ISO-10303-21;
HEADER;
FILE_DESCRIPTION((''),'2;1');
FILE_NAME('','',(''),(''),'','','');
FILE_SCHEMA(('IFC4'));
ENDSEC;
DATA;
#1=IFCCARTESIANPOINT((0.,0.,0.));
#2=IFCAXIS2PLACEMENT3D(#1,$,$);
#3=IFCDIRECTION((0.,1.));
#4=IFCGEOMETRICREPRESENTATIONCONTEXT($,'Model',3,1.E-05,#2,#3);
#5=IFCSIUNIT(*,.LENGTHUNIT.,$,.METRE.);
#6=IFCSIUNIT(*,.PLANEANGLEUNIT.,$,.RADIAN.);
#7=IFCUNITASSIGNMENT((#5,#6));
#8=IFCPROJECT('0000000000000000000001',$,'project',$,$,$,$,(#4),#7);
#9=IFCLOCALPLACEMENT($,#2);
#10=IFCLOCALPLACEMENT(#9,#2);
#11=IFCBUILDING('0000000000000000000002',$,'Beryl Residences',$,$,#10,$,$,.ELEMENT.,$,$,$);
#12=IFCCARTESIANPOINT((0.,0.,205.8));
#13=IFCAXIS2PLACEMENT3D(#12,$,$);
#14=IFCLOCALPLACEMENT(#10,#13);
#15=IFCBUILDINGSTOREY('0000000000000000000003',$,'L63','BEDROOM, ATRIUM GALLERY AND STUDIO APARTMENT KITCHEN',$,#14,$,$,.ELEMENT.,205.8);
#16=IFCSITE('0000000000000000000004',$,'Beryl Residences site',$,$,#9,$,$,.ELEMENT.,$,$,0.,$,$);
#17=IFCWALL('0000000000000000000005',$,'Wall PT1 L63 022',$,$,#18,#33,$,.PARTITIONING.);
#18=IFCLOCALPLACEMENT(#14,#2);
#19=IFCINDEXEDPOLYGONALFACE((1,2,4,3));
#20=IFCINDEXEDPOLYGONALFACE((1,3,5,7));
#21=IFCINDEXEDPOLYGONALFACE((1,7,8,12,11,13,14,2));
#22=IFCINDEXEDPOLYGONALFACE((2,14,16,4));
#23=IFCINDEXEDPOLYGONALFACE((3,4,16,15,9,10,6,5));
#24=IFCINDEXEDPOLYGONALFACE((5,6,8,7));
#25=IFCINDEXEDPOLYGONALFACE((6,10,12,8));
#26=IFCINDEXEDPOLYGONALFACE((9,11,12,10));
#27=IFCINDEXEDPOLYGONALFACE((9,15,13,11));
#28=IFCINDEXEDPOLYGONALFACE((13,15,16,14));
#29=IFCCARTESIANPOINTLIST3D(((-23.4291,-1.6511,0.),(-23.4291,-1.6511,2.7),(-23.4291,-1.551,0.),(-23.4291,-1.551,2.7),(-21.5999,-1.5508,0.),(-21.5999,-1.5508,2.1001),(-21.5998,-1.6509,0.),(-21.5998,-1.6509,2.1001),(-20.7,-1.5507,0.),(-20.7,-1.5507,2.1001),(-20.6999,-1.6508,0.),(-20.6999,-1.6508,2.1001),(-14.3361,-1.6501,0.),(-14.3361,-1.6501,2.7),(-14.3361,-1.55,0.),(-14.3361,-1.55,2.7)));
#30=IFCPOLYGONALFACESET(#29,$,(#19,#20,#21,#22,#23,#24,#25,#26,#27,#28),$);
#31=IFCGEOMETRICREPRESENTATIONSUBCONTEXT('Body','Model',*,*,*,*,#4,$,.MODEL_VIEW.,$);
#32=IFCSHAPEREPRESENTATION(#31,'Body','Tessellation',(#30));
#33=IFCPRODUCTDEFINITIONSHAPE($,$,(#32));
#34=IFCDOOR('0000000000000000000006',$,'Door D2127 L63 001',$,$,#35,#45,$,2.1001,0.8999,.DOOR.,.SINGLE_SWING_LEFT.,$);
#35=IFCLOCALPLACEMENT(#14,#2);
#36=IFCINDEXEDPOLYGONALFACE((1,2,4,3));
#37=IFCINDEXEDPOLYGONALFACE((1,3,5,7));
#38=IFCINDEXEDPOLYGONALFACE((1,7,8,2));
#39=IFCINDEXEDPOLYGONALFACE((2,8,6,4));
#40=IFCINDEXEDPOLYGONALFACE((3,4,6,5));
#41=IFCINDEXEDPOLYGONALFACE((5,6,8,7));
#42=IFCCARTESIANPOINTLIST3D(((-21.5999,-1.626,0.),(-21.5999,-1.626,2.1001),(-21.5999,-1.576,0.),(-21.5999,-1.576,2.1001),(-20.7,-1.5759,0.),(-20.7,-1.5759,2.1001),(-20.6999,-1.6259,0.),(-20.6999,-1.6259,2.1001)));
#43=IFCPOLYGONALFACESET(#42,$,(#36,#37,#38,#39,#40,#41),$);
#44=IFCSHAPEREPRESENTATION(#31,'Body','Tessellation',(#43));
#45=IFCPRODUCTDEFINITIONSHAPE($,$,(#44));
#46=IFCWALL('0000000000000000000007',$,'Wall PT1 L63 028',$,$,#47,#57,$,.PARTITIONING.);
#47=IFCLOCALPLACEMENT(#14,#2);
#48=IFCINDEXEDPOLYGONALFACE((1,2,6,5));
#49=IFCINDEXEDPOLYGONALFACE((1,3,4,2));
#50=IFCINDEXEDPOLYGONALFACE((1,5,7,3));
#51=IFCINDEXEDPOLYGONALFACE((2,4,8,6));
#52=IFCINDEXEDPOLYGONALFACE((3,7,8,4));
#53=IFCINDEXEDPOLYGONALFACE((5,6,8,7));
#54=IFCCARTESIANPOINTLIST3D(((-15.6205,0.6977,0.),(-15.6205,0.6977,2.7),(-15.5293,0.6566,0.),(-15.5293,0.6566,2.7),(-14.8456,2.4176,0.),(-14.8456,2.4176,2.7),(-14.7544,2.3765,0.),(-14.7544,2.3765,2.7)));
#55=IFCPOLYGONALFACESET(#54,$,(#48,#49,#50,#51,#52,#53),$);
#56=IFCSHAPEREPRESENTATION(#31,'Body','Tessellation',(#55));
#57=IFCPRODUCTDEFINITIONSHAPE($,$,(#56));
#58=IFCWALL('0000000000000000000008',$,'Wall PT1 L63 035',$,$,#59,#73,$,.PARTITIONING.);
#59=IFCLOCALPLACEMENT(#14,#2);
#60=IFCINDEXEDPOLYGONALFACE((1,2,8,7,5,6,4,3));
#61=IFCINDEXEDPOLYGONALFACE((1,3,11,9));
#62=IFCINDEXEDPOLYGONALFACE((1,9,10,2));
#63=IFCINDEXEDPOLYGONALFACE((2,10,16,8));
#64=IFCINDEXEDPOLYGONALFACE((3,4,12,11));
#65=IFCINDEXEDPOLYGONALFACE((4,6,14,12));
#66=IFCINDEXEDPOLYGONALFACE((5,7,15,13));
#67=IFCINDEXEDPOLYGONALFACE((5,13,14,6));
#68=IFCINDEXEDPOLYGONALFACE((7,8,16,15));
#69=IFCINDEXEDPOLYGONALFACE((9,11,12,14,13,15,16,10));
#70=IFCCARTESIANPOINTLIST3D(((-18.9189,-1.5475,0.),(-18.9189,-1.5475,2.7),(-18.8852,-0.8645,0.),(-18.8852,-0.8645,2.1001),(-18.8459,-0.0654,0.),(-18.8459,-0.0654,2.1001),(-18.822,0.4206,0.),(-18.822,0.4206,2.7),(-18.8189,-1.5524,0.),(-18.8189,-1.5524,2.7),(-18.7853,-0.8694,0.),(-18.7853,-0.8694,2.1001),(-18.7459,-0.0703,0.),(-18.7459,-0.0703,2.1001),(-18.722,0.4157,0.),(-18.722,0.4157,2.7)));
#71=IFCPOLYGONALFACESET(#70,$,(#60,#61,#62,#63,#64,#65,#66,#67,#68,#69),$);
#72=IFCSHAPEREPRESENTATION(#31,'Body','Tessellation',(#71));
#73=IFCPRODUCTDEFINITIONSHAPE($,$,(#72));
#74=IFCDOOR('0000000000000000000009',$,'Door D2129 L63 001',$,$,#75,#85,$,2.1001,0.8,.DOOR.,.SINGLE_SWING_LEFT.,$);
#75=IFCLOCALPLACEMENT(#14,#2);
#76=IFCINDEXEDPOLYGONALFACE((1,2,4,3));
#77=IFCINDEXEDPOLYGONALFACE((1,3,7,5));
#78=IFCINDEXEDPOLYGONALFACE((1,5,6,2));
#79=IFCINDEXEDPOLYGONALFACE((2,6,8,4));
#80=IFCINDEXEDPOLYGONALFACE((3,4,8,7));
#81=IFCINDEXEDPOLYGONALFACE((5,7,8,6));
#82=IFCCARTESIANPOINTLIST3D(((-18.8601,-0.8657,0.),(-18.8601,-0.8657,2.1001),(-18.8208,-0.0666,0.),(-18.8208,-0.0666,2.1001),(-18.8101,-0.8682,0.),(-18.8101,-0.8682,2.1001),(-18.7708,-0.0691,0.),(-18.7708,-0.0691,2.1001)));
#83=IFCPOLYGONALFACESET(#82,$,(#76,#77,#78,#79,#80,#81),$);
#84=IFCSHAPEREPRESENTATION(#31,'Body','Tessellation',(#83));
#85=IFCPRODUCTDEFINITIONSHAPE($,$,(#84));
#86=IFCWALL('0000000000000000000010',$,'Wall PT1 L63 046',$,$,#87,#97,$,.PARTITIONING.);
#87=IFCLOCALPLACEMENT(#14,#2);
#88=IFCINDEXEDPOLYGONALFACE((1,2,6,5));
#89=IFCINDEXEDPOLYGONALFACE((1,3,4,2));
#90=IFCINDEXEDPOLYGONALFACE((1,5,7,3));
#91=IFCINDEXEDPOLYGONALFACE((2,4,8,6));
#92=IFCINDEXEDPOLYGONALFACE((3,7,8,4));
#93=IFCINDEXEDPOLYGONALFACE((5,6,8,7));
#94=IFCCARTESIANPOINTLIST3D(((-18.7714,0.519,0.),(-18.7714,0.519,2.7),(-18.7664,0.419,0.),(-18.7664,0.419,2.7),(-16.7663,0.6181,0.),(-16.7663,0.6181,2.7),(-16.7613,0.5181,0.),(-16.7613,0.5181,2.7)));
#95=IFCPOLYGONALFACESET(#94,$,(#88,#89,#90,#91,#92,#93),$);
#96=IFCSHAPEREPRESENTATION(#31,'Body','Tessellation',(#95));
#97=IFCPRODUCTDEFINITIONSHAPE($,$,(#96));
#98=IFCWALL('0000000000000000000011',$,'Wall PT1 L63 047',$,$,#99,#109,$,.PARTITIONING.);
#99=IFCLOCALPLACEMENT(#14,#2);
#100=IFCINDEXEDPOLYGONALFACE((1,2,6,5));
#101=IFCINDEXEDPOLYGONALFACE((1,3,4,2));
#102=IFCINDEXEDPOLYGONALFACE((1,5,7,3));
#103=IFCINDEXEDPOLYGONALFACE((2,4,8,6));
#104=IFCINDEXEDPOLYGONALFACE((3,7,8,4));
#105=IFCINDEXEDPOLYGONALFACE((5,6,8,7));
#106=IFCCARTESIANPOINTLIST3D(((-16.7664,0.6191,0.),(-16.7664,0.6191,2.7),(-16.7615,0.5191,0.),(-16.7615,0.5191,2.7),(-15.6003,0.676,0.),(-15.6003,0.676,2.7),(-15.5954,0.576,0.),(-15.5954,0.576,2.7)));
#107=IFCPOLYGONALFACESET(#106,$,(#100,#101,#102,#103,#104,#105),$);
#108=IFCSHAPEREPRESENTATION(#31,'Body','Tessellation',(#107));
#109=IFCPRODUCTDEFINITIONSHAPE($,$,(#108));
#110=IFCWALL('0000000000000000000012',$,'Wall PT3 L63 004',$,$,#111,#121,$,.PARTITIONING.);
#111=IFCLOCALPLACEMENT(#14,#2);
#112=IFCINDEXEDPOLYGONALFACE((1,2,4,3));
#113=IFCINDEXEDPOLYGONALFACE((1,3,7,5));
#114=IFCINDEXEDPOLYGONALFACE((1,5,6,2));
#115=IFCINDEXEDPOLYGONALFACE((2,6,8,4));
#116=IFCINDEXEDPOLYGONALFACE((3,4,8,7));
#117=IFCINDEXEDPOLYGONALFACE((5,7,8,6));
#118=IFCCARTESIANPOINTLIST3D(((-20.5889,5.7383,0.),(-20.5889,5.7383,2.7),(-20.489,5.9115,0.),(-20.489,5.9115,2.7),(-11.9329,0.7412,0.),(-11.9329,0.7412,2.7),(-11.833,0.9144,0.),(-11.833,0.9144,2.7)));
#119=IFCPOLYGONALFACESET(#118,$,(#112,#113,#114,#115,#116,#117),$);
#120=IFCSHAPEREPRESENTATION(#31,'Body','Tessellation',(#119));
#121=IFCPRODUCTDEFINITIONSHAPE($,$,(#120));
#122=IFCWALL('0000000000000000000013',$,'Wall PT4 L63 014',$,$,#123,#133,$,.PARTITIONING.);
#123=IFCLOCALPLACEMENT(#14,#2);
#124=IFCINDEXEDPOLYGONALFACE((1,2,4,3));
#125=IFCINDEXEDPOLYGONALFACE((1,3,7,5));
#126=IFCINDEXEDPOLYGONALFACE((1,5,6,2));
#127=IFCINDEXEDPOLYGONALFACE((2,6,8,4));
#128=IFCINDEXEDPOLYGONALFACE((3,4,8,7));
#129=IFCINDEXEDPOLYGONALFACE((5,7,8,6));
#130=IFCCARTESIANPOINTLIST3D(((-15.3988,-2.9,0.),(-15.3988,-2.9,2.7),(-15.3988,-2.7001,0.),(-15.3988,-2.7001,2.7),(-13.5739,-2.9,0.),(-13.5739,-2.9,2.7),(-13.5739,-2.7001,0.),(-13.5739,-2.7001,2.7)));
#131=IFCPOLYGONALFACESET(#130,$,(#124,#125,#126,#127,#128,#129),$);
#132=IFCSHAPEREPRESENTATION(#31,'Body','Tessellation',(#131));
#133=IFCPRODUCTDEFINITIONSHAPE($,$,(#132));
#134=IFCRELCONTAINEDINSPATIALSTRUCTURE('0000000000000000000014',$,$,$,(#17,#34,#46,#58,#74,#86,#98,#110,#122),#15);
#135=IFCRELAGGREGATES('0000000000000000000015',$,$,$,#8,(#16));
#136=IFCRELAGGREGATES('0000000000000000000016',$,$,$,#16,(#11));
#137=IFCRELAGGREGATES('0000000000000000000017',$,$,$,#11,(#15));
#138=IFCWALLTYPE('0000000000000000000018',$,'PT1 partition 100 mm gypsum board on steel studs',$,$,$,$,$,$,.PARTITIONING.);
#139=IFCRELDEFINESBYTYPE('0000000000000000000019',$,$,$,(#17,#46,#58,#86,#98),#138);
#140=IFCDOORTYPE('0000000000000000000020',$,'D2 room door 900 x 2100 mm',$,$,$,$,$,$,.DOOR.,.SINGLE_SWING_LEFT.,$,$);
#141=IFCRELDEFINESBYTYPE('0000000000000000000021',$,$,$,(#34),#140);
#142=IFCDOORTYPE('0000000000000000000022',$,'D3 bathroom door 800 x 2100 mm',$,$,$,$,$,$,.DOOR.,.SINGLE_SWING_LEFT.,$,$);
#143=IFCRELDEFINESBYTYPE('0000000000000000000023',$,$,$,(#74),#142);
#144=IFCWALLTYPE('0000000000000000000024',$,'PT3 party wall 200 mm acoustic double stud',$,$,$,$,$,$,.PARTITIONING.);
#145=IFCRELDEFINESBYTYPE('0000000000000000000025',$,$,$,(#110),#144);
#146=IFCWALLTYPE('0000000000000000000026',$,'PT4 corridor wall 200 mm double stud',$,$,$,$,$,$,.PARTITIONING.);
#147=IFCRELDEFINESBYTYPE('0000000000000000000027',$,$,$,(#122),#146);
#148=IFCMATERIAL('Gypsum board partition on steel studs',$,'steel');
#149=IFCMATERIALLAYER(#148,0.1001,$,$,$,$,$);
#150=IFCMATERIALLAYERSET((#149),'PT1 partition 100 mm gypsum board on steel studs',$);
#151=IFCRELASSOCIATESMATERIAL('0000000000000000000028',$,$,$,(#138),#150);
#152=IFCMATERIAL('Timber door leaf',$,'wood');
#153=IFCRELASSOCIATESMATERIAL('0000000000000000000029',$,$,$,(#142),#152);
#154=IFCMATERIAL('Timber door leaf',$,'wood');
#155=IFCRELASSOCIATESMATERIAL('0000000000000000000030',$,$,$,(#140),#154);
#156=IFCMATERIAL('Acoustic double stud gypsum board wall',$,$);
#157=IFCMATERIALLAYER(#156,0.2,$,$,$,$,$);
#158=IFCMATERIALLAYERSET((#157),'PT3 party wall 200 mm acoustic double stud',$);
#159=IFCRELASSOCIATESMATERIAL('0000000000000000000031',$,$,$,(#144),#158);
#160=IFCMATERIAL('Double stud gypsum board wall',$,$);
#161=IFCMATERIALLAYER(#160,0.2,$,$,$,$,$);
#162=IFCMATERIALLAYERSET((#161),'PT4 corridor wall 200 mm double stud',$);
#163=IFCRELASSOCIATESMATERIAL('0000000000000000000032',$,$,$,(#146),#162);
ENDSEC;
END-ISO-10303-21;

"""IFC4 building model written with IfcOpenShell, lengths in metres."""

from ifc_helpers import new_model, si_unit, direction, frame, frame_2d, origin, place, context, subcontext, project, spatial, rectangle, extrude, material, layer, layer_set, type_object, element, fill, save


model = new_model("IFC4")

# Units and contexts
model_context = context("Model", 3, precision=1e-05, world=origin(), true_north=direction((0.0, 1.0)))
body_context = subcontext(model_context, "Body", "Model", "MODEL_VIEW")
ifc_project = project(units=[si_unit("LENGTHUNIT", "METRE"), si_unit("PLANEANGLEUNIT", "RADIAN")], contexts=[model_context])

# Site, building, storey
site_placement = place(None, origin())
site = spatial("IfcSite", under=ifc_project, at=site_placement, Name="Beryl Residences site", CompositionType="ELEMENT", RefElevation=0.0)
building_placement = place(site_placement, origin())
building = spatial("IfcBuilding", under=site, at=building_placement, Name="Beryl Residences", CompositionType="ELEMENT")
storey_placement = place(building_placement, frame((0.0, 0.0, 205.8)))
storey = spatial("IfcBuildingStorey", under=building, at=storey_placement, Name="L63", Description="BEDROOM, ATRIUM GALLERY AND STUDIO APARTMENT KITCHEN", CompositionType="ELEMENT", Elevation=205.8)

# Wall, opening, door
ifc_material_1 = material(Name="Gypsum board partition on steel studs", Category="steel")
ifc_layer_1 = layer(ifc_material_1, 0.1001)
ifc_layer_set_1 = layer_set([ifc_layer_1], Name="PT1 partition 100 mm gypsum board on steel studs")
wall_type_1 = type_object("IfcWallType", Name="PT1 partition 100 mm gypsum board on steel studs", PredefinedType="PARTITIONING", material=ifc_layer_set_1)
ifc_material_2 = material(Name="Timber door leaf", Category="wood")
door_type_1 = type_object("IfcDoorType", Name="D3 bathroom door 800 x 2100 mm", OperationType="SINGLE_SWING_LEFT", PredefinedType="DOOR", material=ifc_material_2)
ifc_material_3 = material(Name="Timber door leaf", Category="wood")
door_type_2 = type_object("IfcDoorType", Name="D2 room door 900 x 2100 mm", OperationType="SINGLE_SWING_LEFT", PredefinedType="DOOR", material=ifc_material_3)
wall_1_placement = place(storey_placement, frame((-23.429, -1.6011, 0.0), z_axis=(0.0, 0.0, 1.0), x_axis=(1.0, 0.000107, 0.0)))
wall_1 = element("IfcWall", 1, at=wall_1_placement, inside=storey, type_object=wall_type_1, Name="Wall PT1 L63 022", PredefinedType="PARTITIONING", context=body_context, shape_type="SweptSolid", body=[
    extrude(rectangle(XDim=9.093, YDim=0.1001, at=frame_2d((4.5464, 0.0))), origin(), (0.0, 0.0, 1.0), 2.7),
])
opening_1_placement = place(wall_1_placement, frame((1.8291, 0.0, 0.0)))
opening_1 = element("IfcOpeningElement", 2, at=opening_1_placement, cuts=wall_1, PredefinedType="OPENING", context=body_context, shape_type="SweptSolid", body=[
    extrude(rectangle(XDim=0.8999, YDim=2.1001, at=frame_2d((0.45, 1.05))), frame((0.0, 0.0601, 0.0), z_axis=(0.0, -1.0, 0.0), x_axis=(1.0, 0.0, 0.0)), (0.0, 0.0, 1.0), 0.1201),
])
door_1_placement = place(opening_1_placement, origin())
door_1 = element("IfcDoor", 3, at=door_1_placement, inside=storey, type_object=door_type_2, Name="Door D2127 L63 001", OperationType="SINGLE_SWING_LEFT", OverallHeight=2.1001, OverallWidth=0.8999, PredefinedType="DOOR", context=body_context, shape_type="SweptSolid", body=[
    extrude(rectangle(XDim=0.8999, YDim=2.1001, at=frame_2d((0.45, 1.05))), frame((0.0, 0.0249, 0.0), z_axis=(0.0, -1.0, 0.0), x_axis=(1.0, 0.0, 0.0)), (0.0, 0.0, 1.0), 0.05),
])
fill(opening_1, door_1)

# Wall
wall_2_placement = place(storey_placement, frame((-15.575, 0.677, 0.0), z_axis=(0.0, 0.0, 1.0), x_axis=(0.410768, 0.91174, 0.0)))
element("IfcWall", 4, at=wall_2_placement, inside=storey, type_object=wall_type_1, Name="Wall PT1 L63 028", PredefinedType="PARTITIONING", context=body_context, shape_type="SweptSolid", body=[
    extrude(rectangle(XDim=1.8865, YDim=0.1001, at=frame_2d((0.9434, 0.0))), origin(), (0.0, 0.0, 1.0), 2.7),
])

# Wall, opening, door
wall_3_placement = place(storey_placement, frame((-18.8689, -1.55, 0.0), z_axis=(0.0, 0.0, 1.0), x_axis=(0.04919, 0.998789, 0.0)))
wall_3 = element("IfcWall", 5, at=wall_3_placement, inside=storey, type_object=wall_type_1, Name="Wall PT1 L63 035", PredefinedType="PARTITIONING", context=body_context, shape_type="SweptSolid", body=[
    extrude(rectangle(XDim=1.9705, YDim=0.1001, at=frame_2d((0.9854, 0.0))), origin(), (0.0, 0.0, 1.0), 2.7),
])
opening_2_placement = place(wall_3_placement, frame((0.6841, 0.0, 0.0)))
opening_2 = element("IfcOpeningElement", 6, at=opening_2_placement, cuts=wall_3, PredefinedType="OPENING", context=body_context, shape_type="SweptSolid", body=[
    extrude(rectangle(XDim=0.8, YDim=2.1001, at=frame_2d((0.3999, 1.05))), frame((0.0, 0.0601, 0.0), z_axis=(0.0, -1.0, 0.0), x_axis=(1.0, 0.0, 0.0)), (0.0, 0.0, 1.0), 0.1201),
])
door_2_placement = place(opening_2_placement, origin())
door_2 = element("IfcDoor", 7, at=door_2_placement, inside=storey, type_object=door_type_1, Name="Door D2129 L63 001", OperationType="SINGLE_SWING_LEFT", OverallHeight=2.1001, OverallWidth=0.8, PredefinedType="DOOR", context=body_context, shape_type="SweptSolid", body=[
    extrude(rectangle(XDim=0.8, YDim=2.1001, at=frame_2d((0.3999, 1.05))), frame((0.0, 0.0249, 0.0), z_axis=(0.0, -1.0, 0.0), x_axis=(1.0, 0.0, 0.0)), (0.0, 0.0, 1.0), 0.05),
])
fill(opening_2, door_2)

# Walls
wall_4_placement = place(storey_placement, frame((-18.769, 0.469, 0.0), z_axis=(0.0, 0.0, 1.0), x_axis=(0.99878, 0.049374, 0.0)))
element("IfcWall", 8, at=wall_4_placement, inside=storey, type_object=wall_type_1, Name="Wall PT1 L63 046", PredefinedType="PARTITIONING", context=body_context, shape_type="SweptSolid", body=[
    extrude(rectangle(XDim=2.0076, YDim=0.1001, at=frame_2d((1.0039, 0.0))), origin(), (0.0, 0.0, 1.0), 2.7),
])
wall_5_placement = place(storey_placement, frame((-16.7639, 0.5691, 0.0), z_axis=(0.0, 0.0, 1.0), x_axis=(0.998812, 0.048728, 0.0)))
element("IfcWall", 9, at=wall_5_placement, inside=storey, type_object=wall_type_1, Name="Wall PT1 L63 047", PredefinedType="PARTITIONING", context=body_context, shape_type="SweptSolid", body=[
    extrude(rectangle(XDim=1.1675, YDim=0.1001, at=frame_2d((0.5837, 0.0))), origin(), (0.0, 0.0, 1.0), 2.7),
])
ifc_material_4 = material(Name="Acoustic double stud gypsum board wall")
ifc_layer_2 = layer(ifc_material_4, 0.2)
ifc_layer_set_2 = layer_set([ifc_layer_2], Name="PT3 party wall 200 mm acoustic double stud")
wall_type_2 = type_object("IfcWallType", Name="PT3 party wall 200 mm acoustic double stud", PredefinedType="PARTITIONING", material=ifc_layer_set_2)
wall_6_placement = place(storey_placement, frame((-20.5391, 5.825, 0.0), z_axis=(0.0, 0.0, 1.0), x_axis=(0.866046, -0.499964, 0.0)))
element("IfcWall", 10, at=wall_6_placement, inside=storey, type_object=wall_type_2, Name="Wall PT3 L63 004", PredefinedType="PARTITIONING", context=body_context, shape_type="SweptSolid", body=[
    extrude(rectangle(XDim=9.9949, YDim=0.2, at=frame_2d((4.9976, 0.0))), origin(), (0.0, 0.0, 1.0), 2.7),
])
ifc_material_5 = material(Name="Double stud gypsum board wall")
ifc_layer_3 = layer(ifc_material_5, 0.2)
ifc_layer_set_3 = layer_set([ifc_layer_3], Name="PT4 corridor wall 200 mm double stud")
wall_type_3 = type_object("IfcWallType", Name="PT4 corridor wall 200 mm double stud", PredefinedType="PARTITIONING", material=ifc_layer_set_3)
wall_7_placement = place(storey_placement, frame((-15.3989, -2.8, 0.0), z_axis=(0.0, 0.0, 1.0), x_axis=(1.0, 0.0, 0.0)))
element("IfcWall", 11, at=wall_7_placement, inside=storey, type_object=wall_type_3, Name="Wall PT4 L63 014", PredefinedType="PARTITIONING", context=body_context, shape_type="SweptSolid", body=[
    extrude(rectangle(XDim=1.825, YDim=0.2, at=frame_2d((0.9126, 0.0))), origin(), (0.0, 0.0, 1.0), 2.7),
])

save(model, "model.ifc")
